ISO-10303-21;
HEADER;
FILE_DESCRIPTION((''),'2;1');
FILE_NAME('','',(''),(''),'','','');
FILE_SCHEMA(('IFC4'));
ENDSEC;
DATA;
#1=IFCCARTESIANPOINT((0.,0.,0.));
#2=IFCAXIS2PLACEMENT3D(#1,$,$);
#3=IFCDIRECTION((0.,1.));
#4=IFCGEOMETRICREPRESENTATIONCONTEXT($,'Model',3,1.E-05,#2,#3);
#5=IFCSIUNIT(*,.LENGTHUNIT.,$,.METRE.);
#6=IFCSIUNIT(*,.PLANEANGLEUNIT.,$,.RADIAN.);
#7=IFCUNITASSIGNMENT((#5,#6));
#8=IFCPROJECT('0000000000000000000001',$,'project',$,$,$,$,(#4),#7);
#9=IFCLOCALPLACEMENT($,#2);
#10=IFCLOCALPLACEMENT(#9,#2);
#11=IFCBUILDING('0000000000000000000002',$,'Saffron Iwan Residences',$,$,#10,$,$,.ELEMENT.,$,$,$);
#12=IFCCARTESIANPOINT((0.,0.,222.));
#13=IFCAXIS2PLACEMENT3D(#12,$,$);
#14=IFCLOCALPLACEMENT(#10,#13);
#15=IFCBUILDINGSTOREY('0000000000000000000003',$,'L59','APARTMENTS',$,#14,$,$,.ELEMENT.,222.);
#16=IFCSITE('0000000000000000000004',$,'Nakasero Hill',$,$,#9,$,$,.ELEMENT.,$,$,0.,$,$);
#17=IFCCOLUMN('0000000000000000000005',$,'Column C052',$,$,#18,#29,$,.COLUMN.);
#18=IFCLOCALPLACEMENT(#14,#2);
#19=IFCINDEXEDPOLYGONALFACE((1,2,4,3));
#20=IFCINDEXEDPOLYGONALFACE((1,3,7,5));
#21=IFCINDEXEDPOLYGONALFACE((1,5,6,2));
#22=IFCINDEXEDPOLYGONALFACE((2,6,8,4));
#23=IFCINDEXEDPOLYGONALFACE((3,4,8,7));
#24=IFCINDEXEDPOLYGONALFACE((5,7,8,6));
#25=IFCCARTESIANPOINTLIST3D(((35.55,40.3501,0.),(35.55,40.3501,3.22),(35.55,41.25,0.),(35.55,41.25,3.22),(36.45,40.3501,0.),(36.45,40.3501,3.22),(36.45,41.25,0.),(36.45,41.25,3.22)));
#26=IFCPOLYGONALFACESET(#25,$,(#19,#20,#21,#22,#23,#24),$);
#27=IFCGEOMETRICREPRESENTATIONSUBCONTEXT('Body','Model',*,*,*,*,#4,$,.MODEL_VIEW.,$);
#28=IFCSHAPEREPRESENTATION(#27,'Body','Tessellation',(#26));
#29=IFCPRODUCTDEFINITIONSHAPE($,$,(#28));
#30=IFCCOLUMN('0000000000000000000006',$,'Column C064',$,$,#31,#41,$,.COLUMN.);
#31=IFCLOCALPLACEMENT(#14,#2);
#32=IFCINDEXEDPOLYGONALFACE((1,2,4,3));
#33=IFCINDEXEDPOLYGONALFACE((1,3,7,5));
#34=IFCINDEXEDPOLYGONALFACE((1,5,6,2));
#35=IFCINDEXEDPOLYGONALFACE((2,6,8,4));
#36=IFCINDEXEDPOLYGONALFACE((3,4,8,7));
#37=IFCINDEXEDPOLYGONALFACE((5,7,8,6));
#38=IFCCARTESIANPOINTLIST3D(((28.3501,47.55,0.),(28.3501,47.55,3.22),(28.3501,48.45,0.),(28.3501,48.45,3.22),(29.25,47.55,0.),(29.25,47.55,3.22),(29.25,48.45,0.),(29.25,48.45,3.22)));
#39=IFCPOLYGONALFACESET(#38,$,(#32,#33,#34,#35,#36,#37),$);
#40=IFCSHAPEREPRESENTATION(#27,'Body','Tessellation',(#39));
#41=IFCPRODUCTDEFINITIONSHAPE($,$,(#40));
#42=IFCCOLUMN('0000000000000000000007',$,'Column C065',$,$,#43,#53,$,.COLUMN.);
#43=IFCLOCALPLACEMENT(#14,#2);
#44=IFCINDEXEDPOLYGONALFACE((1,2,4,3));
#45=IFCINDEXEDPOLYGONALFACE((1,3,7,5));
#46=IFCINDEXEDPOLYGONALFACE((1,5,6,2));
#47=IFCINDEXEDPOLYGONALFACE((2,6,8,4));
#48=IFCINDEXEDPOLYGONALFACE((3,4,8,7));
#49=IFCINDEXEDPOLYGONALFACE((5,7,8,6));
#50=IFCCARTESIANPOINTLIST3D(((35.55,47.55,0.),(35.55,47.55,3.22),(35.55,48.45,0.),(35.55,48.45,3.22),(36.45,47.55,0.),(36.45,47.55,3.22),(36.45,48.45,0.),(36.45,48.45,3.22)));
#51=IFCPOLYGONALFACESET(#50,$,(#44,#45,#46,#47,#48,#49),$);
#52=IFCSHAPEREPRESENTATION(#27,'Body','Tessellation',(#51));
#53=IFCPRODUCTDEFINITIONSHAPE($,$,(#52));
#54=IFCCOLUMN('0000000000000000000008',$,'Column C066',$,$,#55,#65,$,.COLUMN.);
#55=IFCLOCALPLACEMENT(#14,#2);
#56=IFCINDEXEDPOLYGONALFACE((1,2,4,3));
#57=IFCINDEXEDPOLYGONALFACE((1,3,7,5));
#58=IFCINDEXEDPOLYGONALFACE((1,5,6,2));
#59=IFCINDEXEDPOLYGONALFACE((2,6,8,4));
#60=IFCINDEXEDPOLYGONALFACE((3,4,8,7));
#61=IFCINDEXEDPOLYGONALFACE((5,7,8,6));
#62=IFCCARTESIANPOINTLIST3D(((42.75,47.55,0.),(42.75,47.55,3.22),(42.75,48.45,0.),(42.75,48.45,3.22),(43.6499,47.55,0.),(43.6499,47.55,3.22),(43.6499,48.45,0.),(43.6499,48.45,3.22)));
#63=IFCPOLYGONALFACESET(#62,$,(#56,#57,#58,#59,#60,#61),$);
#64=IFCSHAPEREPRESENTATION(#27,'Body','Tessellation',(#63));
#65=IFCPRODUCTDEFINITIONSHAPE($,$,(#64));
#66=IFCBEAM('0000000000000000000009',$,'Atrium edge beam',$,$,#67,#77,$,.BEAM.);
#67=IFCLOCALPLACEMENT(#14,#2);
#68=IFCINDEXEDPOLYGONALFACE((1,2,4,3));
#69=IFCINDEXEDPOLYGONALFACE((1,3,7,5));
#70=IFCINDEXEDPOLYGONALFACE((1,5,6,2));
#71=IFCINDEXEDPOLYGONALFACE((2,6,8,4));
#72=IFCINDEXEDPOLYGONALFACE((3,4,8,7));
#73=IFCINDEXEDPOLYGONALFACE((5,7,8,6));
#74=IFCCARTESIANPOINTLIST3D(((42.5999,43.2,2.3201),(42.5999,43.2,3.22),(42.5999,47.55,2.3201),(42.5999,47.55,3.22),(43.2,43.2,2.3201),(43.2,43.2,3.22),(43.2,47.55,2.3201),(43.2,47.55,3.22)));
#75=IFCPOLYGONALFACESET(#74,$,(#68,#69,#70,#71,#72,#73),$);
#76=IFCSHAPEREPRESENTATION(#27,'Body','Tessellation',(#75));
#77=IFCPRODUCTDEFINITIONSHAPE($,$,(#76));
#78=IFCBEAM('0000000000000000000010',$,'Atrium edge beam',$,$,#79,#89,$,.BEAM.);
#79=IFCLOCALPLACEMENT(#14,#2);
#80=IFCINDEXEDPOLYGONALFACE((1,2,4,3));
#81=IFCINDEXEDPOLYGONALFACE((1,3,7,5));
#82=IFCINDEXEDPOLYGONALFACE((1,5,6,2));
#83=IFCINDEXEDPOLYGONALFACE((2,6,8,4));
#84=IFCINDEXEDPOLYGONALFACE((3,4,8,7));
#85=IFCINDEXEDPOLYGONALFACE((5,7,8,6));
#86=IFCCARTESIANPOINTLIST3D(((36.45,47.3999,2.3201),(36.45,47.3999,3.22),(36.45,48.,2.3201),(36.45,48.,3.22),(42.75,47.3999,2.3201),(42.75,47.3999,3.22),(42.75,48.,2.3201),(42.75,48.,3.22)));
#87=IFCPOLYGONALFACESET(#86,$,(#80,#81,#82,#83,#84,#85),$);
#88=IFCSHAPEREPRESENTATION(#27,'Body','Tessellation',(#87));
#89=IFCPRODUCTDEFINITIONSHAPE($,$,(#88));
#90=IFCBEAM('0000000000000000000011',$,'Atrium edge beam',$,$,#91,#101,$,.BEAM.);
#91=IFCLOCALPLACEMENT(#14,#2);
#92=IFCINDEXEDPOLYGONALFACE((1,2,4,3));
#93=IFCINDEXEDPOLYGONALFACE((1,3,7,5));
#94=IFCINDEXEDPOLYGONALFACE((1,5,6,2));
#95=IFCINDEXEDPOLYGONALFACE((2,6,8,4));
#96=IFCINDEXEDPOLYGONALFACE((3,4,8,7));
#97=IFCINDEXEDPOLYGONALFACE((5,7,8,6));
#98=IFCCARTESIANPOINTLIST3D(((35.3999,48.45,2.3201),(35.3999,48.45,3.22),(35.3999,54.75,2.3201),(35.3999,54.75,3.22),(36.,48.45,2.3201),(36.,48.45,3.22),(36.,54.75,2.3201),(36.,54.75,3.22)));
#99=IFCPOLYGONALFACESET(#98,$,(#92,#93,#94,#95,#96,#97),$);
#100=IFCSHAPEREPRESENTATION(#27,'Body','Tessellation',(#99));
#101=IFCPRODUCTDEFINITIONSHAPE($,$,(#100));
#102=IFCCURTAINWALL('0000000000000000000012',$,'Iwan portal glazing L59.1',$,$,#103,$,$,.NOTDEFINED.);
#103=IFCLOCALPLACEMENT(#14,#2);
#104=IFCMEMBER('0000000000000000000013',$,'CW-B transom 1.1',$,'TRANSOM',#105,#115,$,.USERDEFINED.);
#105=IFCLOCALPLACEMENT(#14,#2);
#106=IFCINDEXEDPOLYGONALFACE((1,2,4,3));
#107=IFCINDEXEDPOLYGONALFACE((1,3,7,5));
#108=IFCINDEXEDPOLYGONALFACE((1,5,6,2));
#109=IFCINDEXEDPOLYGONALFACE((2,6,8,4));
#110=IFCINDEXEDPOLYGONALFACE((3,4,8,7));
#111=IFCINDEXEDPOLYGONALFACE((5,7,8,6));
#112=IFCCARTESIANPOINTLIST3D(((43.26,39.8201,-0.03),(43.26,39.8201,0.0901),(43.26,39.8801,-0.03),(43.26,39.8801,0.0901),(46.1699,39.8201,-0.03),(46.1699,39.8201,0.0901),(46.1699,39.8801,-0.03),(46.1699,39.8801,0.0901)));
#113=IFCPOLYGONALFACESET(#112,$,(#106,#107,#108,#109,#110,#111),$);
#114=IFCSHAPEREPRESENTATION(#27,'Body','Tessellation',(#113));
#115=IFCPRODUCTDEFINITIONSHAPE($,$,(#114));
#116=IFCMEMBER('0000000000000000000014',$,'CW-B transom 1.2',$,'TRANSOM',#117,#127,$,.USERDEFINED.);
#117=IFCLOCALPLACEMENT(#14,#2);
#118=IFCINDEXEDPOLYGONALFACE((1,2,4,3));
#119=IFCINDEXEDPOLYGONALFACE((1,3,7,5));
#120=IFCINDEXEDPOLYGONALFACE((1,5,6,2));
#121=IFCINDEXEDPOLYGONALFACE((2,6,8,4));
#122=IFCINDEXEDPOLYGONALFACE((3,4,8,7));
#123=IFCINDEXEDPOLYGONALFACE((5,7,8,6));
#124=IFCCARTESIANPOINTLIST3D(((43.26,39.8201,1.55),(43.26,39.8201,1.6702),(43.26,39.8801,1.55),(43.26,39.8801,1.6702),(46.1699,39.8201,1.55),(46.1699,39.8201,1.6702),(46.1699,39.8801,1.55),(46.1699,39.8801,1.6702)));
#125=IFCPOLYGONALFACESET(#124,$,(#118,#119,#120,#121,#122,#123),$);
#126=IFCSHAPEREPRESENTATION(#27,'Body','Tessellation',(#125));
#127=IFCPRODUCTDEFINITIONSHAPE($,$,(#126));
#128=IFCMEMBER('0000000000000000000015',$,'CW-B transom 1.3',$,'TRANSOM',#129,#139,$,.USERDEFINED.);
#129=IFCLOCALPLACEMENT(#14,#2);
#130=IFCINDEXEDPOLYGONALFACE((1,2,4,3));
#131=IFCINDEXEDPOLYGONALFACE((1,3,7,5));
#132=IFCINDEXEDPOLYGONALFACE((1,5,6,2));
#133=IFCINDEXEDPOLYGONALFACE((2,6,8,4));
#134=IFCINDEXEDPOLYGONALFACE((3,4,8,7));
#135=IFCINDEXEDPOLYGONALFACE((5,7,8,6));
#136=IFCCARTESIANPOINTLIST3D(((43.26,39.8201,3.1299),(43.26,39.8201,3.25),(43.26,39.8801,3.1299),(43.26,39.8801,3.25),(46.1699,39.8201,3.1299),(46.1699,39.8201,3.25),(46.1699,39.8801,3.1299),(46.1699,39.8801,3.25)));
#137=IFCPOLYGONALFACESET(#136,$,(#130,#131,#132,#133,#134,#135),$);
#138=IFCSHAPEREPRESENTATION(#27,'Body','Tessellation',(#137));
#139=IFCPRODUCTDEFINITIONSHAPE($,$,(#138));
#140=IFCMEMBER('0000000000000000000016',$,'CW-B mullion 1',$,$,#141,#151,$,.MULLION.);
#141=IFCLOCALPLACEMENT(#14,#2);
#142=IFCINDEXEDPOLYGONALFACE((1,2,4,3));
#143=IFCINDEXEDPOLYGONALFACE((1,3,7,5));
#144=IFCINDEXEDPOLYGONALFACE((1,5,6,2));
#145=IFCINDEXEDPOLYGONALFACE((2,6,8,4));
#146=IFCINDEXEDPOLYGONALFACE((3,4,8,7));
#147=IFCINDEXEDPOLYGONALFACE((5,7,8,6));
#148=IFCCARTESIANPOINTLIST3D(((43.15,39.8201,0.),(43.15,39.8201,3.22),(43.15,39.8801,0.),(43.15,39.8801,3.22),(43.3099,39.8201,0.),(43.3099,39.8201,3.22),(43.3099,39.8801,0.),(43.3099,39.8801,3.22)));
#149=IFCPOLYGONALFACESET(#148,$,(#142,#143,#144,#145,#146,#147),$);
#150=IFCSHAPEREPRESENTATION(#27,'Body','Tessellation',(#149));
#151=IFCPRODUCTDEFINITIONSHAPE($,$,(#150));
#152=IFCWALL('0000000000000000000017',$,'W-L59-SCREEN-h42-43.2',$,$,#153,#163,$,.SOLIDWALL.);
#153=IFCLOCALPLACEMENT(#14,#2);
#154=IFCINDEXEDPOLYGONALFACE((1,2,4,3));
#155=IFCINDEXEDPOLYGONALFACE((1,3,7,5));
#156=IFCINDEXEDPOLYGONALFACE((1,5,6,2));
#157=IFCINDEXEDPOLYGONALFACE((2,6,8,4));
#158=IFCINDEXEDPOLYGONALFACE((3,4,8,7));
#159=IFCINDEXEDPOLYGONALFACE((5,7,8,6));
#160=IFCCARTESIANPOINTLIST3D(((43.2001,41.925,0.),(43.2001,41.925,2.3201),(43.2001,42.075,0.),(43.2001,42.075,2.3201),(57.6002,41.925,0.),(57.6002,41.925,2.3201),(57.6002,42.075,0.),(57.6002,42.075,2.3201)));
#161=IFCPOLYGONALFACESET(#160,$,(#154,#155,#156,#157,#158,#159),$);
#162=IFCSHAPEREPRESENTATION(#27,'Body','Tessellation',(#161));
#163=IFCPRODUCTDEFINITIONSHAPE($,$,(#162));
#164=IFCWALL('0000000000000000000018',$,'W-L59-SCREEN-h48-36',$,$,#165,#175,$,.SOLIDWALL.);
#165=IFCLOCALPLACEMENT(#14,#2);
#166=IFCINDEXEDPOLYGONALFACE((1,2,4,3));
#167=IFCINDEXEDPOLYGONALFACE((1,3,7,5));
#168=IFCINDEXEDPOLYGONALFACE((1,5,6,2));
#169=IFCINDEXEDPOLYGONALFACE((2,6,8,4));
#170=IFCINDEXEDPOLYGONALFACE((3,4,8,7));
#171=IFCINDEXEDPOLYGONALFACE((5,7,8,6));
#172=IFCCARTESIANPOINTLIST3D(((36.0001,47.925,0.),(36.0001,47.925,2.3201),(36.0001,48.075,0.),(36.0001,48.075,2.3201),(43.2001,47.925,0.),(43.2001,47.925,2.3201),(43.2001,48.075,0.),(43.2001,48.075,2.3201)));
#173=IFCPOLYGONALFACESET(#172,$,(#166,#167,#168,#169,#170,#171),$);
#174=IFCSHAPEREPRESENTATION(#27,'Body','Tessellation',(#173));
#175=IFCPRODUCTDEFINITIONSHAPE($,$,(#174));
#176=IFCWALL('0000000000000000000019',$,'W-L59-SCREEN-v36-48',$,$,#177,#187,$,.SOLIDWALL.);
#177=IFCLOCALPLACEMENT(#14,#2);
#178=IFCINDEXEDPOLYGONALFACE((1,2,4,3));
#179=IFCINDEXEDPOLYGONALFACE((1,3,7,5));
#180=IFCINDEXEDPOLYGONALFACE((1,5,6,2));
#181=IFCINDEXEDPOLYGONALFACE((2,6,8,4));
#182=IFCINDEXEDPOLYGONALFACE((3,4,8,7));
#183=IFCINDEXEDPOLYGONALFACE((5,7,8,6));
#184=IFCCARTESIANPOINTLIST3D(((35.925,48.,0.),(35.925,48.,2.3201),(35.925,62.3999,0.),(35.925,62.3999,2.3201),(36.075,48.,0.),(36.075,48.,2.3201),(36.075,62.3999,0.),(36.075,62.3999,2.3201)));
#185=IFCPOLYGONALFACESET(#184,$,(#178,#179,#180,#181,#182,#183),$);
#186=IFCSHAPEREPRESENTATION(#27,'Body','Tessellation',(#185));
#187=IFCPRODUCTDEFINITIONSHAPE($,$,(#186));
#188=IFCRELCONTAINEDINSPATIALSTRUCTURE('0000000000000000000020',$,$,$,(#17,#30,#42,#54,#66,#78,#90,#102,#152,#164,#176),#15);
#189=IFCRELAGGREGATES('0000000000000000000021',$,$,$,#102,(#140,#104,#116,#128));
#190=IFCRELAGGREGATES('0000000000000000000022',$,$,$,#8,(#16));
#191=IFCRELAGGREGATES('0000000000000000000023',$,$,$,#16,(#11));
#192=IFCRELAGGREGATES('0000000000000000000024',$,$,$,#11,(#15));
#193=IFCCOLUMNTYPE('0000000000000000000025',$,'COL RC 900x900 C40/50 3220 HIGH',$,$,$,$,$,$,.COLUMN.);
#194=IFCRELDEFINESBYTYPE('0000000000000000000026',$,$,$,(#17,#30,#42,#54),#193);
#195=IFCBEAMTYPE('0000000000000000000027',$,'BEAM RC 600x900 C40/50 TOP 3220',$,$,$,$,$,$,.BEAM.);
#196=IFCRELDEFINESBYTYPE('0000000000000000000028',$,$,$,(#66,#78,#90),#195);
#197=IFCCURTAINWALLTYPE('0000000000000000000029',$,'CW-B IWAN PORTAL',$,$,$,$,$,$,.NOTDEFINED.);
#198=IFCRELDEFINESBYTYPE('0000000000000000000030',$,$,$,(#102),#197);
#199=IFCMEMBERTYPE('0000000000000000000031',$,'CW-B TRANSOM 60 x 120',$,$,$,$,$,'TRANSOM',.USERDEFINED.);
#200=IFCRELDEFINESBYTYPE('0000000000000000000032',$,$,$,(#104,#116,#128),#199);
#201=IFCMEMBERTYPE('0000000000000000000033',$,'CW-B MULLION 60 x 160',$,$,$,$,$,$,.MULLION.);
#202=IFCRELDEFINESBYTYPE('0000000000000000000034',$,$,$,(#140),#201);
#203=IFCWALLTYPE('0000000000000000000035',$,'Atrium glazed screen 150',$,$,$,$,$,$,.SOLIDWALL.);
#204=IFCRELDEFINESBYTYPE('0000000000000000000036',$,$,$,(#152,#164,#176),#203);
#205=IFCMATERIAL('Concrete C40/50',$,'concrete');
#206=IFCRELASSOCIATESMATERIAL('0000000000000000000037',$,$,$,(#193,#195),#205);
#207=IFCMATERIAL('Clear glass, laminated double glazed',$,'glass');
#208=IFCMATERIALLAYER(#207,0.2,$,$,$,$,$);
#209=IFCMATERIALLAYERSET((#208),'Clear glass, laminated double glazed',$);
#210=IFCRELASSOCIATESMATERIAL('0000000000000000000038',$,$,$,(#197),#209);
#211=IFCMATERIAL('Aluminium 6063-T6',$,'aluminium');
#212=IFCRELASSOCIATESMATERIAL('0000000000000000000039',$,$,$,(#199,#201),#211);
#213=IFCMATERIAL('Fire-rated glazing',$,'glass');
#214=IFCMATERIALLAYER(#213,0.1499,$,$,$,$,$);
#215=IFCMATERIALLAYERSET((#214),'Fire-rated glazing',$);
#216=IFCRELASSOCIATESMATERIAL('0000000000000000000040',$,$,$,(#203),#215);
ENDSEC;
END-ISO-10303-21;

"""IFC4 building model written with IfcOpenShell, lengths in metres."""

from ifc_helpers import new_model, si_unit, direction, frame, frame_2d, origin, origin_2d, place, context, subcontext, project, spatial, rectangle, extrude, source, transform, mapped, material, layer, layer_set, material_profile, profile_set, type_object, element, aggregate, save


model = new_model("IFC4")

# Units and contexts
model_context = context("Model", 3, precision=1e-05, world=origin(), true_north=direction((0.0, 1.0)))
body_context = subcontext(model_context, "Body", "Model", "MODEL_VIEW")
ifc_project = project(units=[si_unit("LENGTHUNIT", "METRE"), si_unit("PLANEANGLEUNIT", "RADIAN")], contexts=[model_context])

# Site, building, storey
site_placement = place(None, origin())
site = spatial("IfcSite", under=ifc_project, at=site_placement, Name="Nakasero Hill", CompositionType="ELEMENT", RefElevation=0.0)
building_placement = place(site_placement, origin())
building = spatial("IfcBuilding", under=site, at=building_placement, Name="Saffron Iwan Residences", CompositionType="ELEMENT")
storey_placement = place(building_placement, frame((0.0, 0.0, 222.0)))
storey = spatial("IfcBuildingStorey", under=building, at=storey_placement, Name="L59", Description="APARTMENTS", CompositionType="ELEMENT", Elevation=222.0)

# Columns
ifc_material_1 = material(Name="Concrete C40/50", Category="concrete")
ifc_material_profile_1 = material_profile(ifc_material_1, rectangle(XDim=0.8999, YDim=0.8999, at=origin_2d()), Name="RC 900x900")
ifc_profile_set_1 = profile_set([ifc_material_profile_1], Name="Concrete C40/50")
column_type = type_object("IfcColumnType", Name="COL RC 900x900 C40/50 3220 HIGH", PredefinedType="COLUMN", material=ifc_profile_set_1)
shared_shape_1 = source(origin(), body_context, "Body", "SweptSolid", [
    extrude(rectangle(XDim=0.8999, YDim=0.8999, at=origin_2d()), origin(), (0.0, 0.0, 1.0), 3.22),
])
for number, where, z_axis, x_axis, name in (
    (1, (36.0, 40.8, 0.0), (0.0, 0.0, 1.0), (1.0, 0.0, 0.0), "Column C052"),
    (2, (28.8, 48.0, 0.0), (0.0, 0.0, 1.0), (1.0, 0.0, 0.0), "Column C064"),
    (3, (36.0, 48.0, 0.0), (0.0, 0.0, 1.0), (1.0, 0.0, 0.0), "Column C065"),
    (4, (43.2, 48.0, 0.0), (0.0, 0.0, 1.0), (1.0, 0.0, 0.0), "Column C066"),
):
    element("IfcColumn", number, at=place(storey_placement, frame(where, z_axis=z_axis, x_axis=x_axis)), inside=storey, type_object=column_type, Name=name, PredefinedType="COLUMN", context=body_context, shape_type="MappedRepresentation", body=[
        mapped(shared_shape_1, transform((0.0, 0.0, 0.0))),
    ])

# Beams
ifc_material_profile_2 = material_profile(ifc_material_1, rectangle(XDim=0.6001, YDim=0.8999, at=origin_2d()), Name="RC 600x900")
ifc_profile_set_2 = profile_set([ifc_material_profile_2], Name="Concrete C40/50")
beam_type = type_object("IfcBeamType", Name="BEAM RC 600x900 C40/50 TOP 3220", PredefinedType="BEAM", material=ifc_profile_set_2)
shared_shape_2 = source(origin(), body_context, "Body", "SweptSolid", [
    extrude(rectangle(XDim=0.6001, YDim=0.8999, at=origin_2d()), origin(), (0.0, 0.0, 1.0), 4.3501),
])
beam_placement = place(storey_placement, frame((42.8999, 43.2, 2.77), z_axis=(0.0, 1.0, 0.0), x_axis=(-1.0, 0.0, 0.0)))
element("IfcBeam", 5, at=beam_placement, inside=storey, type_object=beam_type, Name="Atrium edge beam", PredefinedType="BEAM", context=body_context, shape_type="MappedRepresentation", body=[
    mapped(shared_shape_2, transform((0.0, 0.0, 0.0))),
])
shared_shape_3 = source(origin(), body_context, "Body", "SweptSolid", [
    extrude(rectangle(XDim=0.6001, YDim=0.8999, at=origin_2d()), origin(), (0.0, 0.0, 1.0), 6.3),
])
for number, where, z_axis, x_axis, name in (
    (6, (42.75, 47.7, 2.77), (-1.0, 0.0, 0.0), (0.0, -1.0, 0.0), "Atrium edge beam"),
    (7, (35.7, 48.45, 2.77), (0.0, 1.0, 0.0), (-1.0, 0.0, 0.0), "Atrium edge beam"),
):
    element("IfcBeam", number, at=place(storey_placement, frame(where, z_axis=z_axis, x_axis=x_axis)), inside=storey, type_object=beam_type, Name=name, PredefinedType="BEAM", context=body_context, shape_type="MappedRepresentation", body=[
        mapped(shared_shape_3, transform((0.0, 0.0, 0.0))),
    ])

# Curtain wall, members
ifc_material_2 = material(Name="Clear glass, laminated double glazed", Category="glass")
ifc_layer_1 = layer(ifc_material_2, 0.2)
ifc_layer_set_1 = layer_set([ifc_layer_1], Name="Clear glass, laminated double glazed")
curtain_wall_type = type_object("IfcCurtainWallType", Name="CW-B IWAN PORTAL", PredefinedType="NOTDEFINED", material=ifc_layer_set_1)
curtain_wall_placement = place(storey_placement, origin())
curtain_wall = element("IfcCurtainWall", 8, at=curtain_wall_placement, inside=storey, type_object=curtain_wall_type, Name="Iwan portal glazing L59.1", PredefinedType="NOTDEFINED")
ifc_material_3 = material(Name="Aluminium 6063-T6", Category="aluminium")
ifc_material_profile_3 = material_profile(ifc_material_3, rectangle(XDim=0.0601, YDim=0.1201, at=origin_2d()), Name="CW-B TRANSOM 60 x 120")
ifc_profile_set_3 = profile_set([ifc_material_profile_3], Name="Aluminium 6063-T6")
member_type_1 = type_object("IfcMemberType", Name="CW-B TRANSOM 60 x 120", ElementType="TRANSOM", PredefinedType="USERDEFINED", material=ifc_profile_set_3)
shared_shape_4 = source(origin(), body_context, "Body", "SweptSolid", [
    extrude(rectangle(XDim=0.0601, YDim=0.1201, at=origin_2d()), origin(), (0.0, 0.0, 1.0), 2.9099),
])
member_1_placement = place(storey_placement, frame((43.26, 39.8501, 0.03), z_axis=(1.0, 0.0, 0.0), x_axis=(0.0, 1.0, 0.0)))
member_1 = element("IfcMember", 9, at=member_1_placement, type_object=member_type_1, Name="CW-B transom 1.1", ObjectType="TRANSOM", PredefinedType="USERDEFINED", context=body_context, shape_type="MappedRepresentation", body=[
    mapped(shared_shape_4, transform((0.0, 0.0, 0.0))),
])
member_2_placement = place(storey_placement, frame((43.26, 39.8501, 1.6101), z_axis=(1.0, 0.0, 0.0), x_axis=(0.0, 1.0, 0.0)))
member_2 = element("IfcMember", 10, at=member_2_placement, type_object=member_type_1, Name="CW-B transom 1.2", ObjectType="TRANSOM", PredefinedType="USERDEFINED", context=body_context, shape_type="MappedRepresentation", body=[
    mapped(shared_shape_4, transform((0.0, 0.0, 0.0))),
])
member_3_placement = place(storey_placement, frame((43.26, 39.8501, 3.1899), z_axis=(1.0, 0.0, 0.0), x_axis=(0.0, 1.0, 0.0)))
member_3 = element("IfcMember", 11, at=member_3_placement, type_object=member_type_1, Name="CW-B transom 1.3", ObjectType="TRANSOM", PredefinedType="USERDEFINED", context=body_context, shape_type="MappedRepresentation", body=[
    mapped(shared_shape_4, transform((0.0, 0.0, 0.0))),
])
ifc_material_profile_4 = material_profile(ifc_material_3, rectangle(XDim=0.0601, YDim=0.1599, at=origin_2d()), Name="CW-B MULLION 60 x 160")
ifc_profile_set_4 = profile_set([ifc_material_profile_4], Name="Aluminium 6063-T6")
member_type_2 = type_object("IfcMemberType", Name="CW-B MULLION 60 x 160", PredefinedType="MULLION", material=ifc_profile_set_4)
shared_shape_5 = source(origin(), body_context, "Body", "SweptSolid", [
    extrude(rectangle(XDim=0.0601, YDim=0.1599, at=origin_2d()), origin(), (0.0, 0.0, 1.0), 3.22),
])
member_4_placement = place(storey_placement, frame((43.23, 39.8501, 0.0), z_axis=(0.0, 0.0, 1.0), x_axis=(0.0, 1.0, 0.0)))
member_4 = element("IfcMember", 12, at=member_4_placement, type_object=member_type_2, Name="CW-B mullion 1", PredefinedType="MULLION", context=body_context, shape_type="MappedRepresentation", body=[
    mapped(shared_shape_5, transform((0.0, 0.0, 0.0))),
])
aggregate(curtain_wall, [member_4, member_1, member_2, member_3])

# Walls
ifc_material_4 = material(Name="Fire-rated glazing", Category="glass")
ifc_layer_2 = layer(ifc_material_4, 0.1499)
ifc_layer_set_2 = layer_set([ifc_layer_2], Name="Fire-rated glazing")
wall_type_1 = type_object("IfcWallType", Name="Atrium glazed screen 150", PredefinedType="SOLIDWALL", material=ifc_layer_set_2)
wall_1_placement = place(storey_placement, frame((43.2, 42.0, 0.0), z_axis=(0.0, 0.0, 1.0), x_axis=(1.0, 0.0, 0.0)))
element("IfcWall", 13, at=wall_1_placement, inside=storey, type_object=wall_type_1, Name="W-L59-SCREEN-h42-43.2", PredefinedType="SOLIDWALL", context=body_context, shape_type="SweptSolid", body=[
    extrude(rectangle(XDim=14.4001, YDim=0.1499, at=frame_2d((7.2002, 0.0))), origin(), (0.0, 0.0, 1.0), 2.3201),
])
wall_2_placement = place(storey_placement, frame((36.0, 48.0, 0.0), z_axis=(0.0, 0.0, 1.0), x_axis=(1.0, 0.0, 0.0)))
element("IfcWall", 14, at=wall_2_placement, inside=storey, type_object=wall_type_1, Name="W-L59-SCREEN-h48-36", PredefinedType="SOLIDWALL", context=body_context, shape_type="SweptSolid", body=[
    extrude(rectangle(XDim=7.2, YDim=0.1499, at=frame_2d((3.6001, 0.0))), origin(), (0.0, 0.0, 1.0), 2.3201),
])
wall_3_placement = place(storey_placement, frame((36.0, 48.0, 0.0), z_axis=(0.0, 0.0, 1.0), x_axis=(0.0, 1.0, 0.0)))
element("IfcWall", 15, at=wall_3_placement, inside=storey, type_object=wall_type_1, Name="W-L59-SCREEN-v36-48", PredefinedType="SOLIDWALL", context=body_context, shape_type="SweptSolid", body=[
    extrude(rectangle(XDim=14.3999, YDim=0.1499, at=frame_2d((7.2, 0.0))), origin(), (0.0, 0.0, 1.0), 2.3201),
])

save(model, "model.ifc")
